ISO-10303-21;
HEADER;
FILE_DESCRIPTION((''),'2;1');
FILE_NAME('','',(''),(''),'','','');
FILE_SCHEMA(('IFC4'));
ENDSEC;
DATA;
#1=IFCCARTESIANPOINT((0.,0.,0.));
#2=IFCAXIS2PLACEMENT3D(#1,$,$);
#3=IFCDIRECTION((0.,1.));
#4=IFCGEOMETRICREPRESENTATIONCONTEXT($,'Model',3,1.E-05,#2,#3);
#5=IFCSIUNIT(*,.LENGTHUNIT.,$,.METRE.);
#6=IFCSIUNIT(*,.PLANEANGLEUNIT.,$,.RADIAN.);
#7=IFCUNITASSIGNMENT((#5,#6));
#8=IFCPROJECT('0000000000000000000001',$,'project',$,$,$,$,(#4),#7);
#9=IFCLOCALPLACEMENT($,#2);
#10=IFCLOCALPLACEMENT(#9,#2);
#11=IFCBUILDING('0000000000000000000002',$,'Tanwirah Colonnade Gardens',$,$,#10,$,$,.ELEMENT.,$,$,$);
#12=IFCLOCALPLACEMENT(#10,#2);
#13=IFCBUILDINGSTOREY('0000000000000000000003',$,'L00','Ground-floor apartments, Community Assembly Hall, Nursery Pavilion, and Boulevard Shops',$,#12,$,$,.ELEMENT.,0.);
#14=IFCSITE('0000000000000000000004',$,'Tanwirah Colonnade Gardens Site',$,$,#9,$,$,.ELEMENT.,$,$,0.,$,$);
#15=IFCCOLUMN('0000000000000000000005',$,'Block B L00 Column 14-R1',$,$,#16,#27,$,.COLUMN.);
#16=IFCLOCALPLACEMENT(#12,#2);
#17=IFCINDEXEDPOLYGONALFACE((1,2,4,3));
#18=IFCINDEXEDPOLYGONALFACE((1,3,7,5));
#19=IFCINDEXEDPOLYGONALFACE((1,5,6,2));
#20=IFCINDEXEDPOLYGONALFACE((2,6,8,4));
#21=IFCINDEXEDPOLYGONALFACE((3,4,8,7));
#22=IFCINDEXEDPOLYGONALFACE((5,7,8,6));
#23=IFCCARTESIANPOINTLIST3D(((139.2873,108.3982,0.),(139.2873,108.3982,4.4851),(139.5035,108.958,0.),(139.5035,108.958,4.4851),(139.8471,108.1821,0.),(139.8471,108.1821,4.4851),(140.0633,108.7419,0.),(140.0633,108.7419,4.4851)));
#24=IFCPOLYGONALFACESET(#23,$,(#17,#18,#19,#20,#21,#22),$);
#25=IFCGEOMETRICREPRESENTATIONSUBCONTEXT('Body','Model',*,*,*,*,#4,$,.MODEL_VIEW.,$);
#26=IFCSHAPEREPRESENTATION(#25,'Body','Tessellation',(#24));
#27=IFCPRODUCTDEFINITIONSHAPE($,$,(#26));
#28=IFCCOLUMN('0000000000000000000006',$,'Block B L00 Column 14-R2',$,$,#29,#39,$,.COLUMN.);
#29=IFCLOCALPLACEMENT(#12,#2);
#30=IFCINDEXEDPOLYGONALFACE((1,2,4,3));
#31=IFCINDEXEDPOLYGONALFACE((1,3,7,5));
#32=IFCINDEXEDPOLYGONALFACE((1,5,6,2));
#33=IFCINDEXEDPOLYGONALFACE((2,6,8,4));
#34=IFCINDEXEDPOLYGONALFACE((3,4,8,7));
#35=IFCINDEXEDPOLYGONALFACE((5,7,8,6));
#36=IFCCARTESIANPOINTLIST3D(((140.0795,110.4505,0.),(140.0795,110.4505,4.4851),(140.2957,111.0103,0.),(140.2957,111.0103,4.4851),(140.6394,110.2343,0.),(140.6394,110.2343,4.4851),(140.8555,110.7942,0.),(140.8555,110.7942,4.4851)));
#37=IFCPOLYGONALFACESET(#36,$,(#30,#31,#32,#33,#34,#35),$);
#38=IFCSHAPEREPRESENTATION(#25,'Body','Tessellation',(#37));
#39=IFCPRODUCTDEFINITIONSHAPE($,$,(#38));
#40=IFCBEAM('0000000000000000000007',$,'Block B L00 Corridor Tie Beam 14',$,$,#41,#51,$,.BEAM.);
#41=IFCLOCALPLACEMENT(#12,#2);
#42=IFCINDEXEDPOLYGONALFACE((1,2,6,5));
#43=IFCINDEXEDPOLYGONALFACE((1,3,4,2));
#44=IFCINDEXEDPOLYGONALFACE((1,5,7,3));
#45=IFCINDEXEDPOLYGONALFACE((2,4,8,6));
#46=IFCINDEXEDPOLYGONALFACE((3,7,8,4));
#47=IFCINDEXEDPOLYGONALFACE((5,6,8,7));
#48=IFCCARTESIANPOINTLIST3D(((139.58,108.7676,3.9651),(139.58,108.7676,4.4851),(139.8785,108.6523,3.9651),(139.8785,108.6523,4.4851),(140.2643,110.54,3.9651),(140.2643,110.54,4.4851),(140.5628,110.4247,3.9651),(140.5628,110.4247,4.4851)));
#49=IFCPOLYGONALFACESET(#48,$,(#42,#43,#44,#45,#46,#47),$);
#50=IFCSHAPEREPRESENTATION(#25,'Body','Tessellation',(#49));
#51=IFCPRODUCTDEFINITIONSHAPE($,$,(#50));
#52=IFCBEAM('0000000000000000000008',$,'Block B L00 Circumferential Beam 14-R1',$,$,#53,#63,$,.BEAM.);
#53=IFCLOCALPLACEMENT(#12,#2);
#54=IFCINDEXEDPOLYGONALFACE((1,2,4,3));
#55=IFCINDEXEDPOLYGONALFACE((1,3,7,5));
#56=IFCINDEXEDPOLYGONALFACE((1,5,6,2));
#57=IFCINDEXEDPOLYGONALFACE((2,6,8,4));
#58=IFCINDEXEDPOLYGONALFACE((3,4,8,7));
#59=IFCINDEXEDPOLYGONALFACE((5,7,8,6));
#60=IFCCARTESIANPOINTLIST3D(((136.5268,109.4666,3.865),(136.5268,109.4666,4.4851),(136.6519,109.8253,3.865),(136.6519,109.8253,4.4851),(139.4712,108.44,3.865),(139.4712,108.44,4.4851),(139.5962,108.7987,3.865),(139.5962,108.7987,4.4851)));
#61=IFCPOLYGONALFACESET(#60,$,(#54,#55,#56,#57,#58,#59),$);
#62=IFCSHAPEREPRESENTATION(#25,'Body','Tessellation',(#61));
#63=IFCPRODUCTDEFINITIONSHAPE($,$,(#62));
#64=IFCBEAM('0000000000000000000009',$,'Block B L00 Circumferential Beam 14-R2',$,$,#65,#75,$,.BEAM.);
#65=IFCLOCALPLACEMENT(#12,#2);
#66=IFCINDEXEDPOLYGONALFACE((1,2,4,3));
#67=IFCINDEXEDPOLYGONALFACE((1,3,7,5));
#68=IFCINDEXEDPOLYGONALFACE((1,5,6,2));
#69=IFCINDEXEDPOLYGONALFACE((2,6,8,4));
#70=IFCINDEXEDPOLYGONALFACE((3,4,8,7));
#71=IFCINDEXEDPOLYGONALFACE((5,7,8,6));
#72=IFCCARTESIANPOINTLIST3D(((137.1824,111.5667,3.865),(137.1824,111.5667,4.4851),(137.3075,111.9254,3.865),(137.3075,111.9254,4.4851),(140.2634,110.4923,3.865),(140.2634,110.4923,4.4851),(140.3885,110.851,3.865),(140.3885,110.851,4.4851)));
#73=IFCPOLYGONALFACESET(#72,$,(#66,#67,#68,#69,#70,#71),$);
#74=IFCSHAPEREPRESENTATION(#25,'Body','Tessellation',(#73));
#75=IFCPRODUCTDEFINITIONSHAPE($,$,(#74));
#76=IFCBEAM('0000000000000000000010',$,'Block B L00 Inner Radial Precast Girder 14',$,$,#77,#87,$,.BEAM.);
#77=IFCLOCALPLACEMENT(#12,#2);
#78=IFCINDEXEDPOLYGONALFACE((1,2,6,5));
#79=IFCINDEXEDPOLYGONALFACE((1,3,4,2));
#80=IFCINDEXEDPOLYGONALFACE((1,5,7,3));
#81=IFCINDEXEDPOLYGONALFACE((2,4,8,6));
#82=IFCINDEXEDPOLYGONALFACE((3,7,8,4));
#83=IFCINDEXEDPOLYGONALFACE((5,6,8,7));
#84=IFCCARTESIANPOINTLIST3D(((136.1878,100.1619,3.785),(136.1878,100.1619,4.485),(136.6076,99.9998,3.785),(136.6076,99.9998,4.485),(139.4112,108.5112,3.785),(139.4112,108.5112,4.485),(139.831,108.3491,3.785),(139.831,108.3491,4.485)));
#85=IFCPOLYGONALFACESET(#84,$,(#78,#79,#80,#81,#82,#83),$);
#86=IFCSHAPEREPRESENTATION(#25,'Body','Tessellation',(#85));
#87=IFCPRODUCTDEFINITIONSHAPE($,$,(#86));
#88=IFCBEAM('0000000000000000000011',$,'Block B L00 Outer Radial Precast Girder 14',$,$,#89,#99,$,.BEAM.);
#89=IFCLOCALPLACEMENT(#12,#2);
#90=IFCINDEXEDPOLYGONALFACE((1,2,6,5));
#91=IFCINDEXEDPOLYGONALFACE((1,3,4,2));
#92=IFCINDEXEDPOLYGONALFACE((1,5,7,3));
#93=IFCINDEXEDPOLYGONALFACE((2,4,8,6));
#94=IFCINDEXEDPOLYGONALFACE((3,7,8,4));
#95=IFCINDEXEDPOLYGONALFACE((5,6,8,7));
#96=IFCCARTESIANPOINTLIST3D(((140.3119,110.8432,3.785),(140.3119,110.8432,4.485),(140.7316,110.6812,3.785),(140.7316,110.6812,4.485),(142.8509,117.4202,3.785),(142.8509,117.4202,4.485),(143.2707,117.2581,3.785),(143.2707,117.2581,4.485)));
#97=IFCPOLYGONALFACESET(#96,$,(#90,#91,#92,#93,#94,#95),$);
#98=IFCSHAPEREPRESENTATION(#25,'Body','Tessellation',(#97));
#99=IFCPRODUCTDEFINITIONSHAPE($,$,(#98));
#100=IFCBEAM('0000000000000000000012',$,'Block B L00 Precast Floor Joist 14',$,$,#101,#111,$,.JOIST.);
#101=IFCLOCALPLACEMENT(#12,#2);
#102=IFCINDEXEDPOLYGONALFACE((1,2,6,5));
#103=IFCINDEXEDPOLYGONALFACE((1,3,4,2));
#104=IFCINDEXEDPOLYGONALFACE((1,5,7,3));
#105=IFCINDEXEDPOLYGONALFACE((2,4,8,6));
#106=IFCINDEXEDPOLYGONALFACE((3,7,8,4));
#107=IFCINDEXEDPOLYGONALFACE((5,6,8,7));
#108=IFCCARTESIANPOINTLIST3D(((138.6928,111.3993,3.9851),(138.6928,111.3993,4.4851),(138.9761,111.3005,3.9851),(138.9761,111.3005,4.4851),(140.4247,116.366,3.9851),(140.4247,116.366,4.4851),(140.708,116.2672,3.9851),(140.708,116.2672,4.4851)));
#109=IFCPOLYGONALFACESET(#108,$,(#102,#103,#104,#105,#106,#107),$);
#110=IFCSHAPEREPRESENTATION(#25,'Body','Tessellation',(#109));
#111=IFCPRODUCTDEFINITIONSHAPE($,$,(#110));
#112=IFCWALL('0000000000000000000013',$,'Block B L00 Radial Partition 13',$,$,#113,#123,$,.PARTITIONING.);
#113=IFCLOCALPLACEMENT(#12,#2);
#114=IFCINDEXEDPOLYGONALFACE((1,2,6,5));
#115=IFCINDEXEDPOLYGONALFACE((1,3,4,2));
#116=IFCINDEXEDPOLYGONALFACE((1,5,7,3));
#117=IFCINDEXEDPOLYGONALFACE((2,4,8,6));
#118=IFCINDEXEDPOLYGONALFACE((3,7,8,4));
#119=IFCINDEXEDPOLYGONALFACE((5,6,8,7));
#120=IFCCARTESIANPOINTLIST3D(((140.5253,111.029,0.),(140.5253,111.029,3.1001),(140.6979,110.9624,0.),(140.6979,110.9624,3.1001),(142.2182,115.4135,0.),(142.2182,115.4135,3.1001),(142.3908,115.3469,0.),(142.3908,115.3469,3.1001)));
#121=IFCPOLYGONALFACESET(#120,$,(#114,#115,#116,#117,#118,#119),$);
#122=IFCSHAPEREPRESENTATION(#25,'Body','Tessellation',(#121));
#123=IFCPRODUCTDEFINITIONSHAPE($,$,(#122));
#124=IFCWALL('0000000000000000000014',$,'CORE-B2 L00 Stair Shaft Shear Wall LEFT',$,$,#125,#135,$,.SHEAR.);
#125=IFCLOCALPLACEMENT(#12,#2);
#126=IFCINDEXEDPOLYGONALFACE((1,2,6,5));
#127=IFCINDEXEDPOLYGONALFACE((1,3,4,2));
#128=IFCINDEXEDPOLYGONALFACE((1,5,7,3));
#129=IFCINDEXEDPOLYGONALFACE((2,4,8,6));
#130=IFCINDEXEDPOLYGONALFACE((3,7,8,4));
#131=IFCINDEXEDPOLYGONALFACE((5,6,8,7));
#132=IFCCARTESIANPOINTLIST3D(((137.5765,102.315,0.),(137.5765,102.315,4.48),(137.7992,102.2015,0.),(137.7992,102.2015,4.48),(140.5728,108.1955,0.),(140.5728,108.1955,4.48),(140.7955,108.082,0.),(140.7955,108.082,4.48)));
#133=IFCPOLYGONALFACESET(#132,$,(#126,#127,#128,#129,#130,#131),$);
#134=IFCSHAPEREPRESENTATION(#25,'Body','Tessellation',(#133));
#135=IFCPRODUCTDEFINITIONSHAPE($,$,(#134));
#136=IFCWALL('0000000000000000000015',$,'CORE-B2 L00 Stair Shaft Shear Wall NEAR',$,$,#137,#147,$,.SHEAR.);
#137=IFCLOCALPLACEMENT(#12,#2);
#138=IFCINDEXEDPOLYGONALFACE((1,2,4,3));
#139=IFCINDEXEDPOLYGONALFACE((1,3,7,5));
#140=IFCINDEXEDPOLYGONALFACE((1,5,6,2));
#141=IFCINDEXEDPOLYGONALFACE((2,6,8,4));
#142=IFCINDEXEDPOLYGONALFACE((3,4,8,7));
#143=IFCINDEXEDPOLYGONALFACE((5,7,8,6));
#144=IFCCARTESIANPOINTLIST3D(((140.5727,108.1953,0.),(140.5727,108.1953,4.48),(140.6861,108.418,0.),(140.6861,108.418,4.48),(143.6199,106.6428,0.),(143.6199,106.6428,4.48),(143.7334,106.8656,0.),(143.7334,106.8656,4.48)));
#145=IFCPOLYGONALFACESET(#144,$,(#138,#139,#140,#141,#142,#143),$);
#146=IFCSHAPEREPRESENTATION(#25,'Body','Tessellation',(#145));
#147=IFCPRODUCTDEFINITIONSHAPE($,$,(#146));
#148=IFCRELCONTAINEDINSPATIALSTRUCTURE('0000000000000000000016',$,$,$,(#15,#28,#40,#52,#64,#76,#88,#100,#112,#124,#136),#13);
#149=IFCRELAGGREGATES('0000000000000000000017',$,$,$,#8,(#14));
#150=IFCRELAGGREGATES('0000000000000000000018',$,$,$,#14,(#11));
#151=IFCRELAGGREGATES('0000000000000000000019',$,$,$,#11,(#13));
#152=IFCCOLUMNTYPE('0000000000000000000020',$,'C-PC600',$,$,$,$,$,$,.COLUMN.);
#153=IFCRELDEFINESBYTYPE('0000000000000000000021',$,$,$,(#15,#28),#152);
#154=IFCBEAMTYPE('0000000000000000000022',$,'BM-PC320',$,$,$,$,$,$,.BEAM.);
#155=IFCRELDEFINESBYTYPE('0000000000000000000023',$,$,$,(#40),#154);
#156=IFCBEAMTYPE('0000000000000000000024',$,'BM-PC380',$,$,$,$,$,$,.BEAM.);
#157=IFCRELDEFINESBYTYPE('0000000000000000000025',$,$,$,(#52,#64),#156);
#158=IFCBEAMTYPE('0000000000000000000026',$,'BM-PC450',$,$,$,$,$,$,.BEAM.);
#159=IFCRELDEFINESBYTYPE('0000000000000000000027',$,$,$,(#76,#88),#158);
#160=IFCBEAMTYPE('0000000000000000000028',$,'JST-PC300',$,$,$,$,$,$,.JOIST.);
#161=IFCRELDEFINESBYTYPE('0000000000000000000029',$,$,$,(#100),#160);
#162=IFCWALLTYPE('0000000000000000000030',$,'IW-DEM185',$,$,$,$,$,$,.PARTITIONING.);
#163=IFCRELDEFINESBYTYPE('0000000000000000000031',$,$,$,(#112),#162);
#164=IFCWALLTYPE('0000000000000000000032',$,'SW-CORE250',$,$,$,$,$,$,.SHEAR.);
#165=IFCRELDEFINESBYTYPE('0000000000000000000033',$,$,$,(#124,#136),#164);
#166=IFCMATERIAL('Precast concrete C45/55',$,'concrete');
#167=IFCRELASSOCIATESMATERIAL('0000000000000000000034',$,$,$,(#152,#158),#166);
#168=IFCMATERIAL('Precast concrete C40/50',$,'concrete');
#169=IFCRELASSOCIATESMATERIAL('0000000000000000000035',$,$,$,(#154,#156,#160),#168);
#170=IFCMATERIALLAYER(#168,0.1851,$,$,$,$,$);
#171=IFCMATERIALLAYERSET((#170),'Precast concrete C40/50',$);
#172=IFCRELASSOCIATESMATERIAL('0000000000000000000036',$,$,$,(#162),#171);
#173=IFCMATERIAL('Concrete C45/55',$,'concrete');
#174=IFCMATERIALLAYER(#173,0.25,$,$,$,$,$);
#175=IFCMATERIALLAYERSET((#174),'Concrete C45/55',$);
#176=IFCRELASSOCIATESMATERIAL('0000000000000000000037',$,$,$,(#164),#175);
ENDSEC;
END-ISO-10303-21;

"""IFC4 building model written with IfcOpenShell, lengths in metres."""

from ifc_helpers import new_model, si_unit, direction, frame, frame_2d, origin, origin_2d, place, context, subcontext, project, spatial, rectangle, extrude, material, layer, layer_set, material_profile, profile_set, type_object, element, save


model = new_model("IFC4")

# Units and contexts
model_context = context("Model", 3, precision=1e-05, world=origin(), true_north=direction((0.0, 1.0)))
body_context = subcontext(model_context, "Body", "Model", "MODEL_VIEW")
ifc_project = project(units=[si_unit("LENGTHUNIT", "METRE"), si_unit("PLANEANGLEUNIT", "RADIAN")], contexts=[model_context])

# Site, building, storey
site_placement = place(None, origin())
site = spatial("IfcSite", under=ifc_project, at=site_placement, Name="Tanwirah Colonnade Gardens Site", CompositionType="ELEMENT", RefElevation=0.0)
building_placement = place(site_placement, origin())
building = spatial("IfcBuilding", under=site, at=building_placement, Name="Tanwirah Colonnade Gardens", CompositionType="ELEMENT")
storey_placement = place(building_placement, origin())
storey = spatial("IfcBuildingStorey", under=building, at=storey_placement, Name="L00", Description="Ground-floor apartments, Community Assembly Hall, Nursery Pavilion, and Boulevard Shops", CompositionType="ELEMENT", Elevation=0.0)

# Columns
ifc_material_1 = material(Name="Precast concrete C45/55", Category="concrete")
ifc_material_profile_1 = material_profile(ifc_material_1, rectangle(XDim=0.6001, YDim=0.6001, at=origin_2d()), Name="PC-COL 600x600")
ifc_profile_set_1 = profile_set([ifc_material_profile_1], Name="Precast concrete C45/55")
column_type = type_object("IfcColumnType", Name="C-PC600", PredefinedType="COLUMN", material=ifc_profile_set_1)
for number, where, z_axis, x_axis, name in (
    (1, (139.6753, 108.5701, 0.0), (0.0, 0.0, 1.0), (0.360178, 0.932884, 0.0), "Block B L00 Column 14-R1"),
    (2, (140.4675, 110.6223, 0.0), (0.0, 0.0, 1.0), (0.360178, 0.932884, 0.0), "Block B L00 Column 14-R2"),
):
    element("IfcColumn", number, at=place(storey_placement, frame(where, z_axis=z_axis, x_axis=x_axis)), inside=storey, type_object=column_type, Name=name, PredefinedType="COLUMN", context=body_context, shape_type="SweptSolid", body=[
        extrude(rectangle(XDim=0.6001, YDim=0.6001, at=origin_2d()), origin(), (0.0, 0.0, 1.0), 4.4851),
    ])

# Beams
ifc_material_2 = material(Name="Precast concrete C40/50", Category="concrete")
ifc_material_profile_2 = material_profile(ifc_material_2, rectangle(XDim=0.3201, YDim=0.52, at=origin_2d()), Name="PC-BM 320x520")
ifc_profile_set_2 = profile_set([ifc_material_profile_2], Name="Precast concrete C40/50")
beam_type_1 = type_object("IfcBeamType", Name="BM-PC320", PredefinedType="BEAM", material=ifc_profile_set_2)
beam_1_placement = place(storey_placement, frame((139.7292, 108.71, 4.2251), z_axis=(0.360176, 0.932885, 0.0), x_axis=(-0.932885, 0.360176, 0.0)))
element("IfcBeam", 3, at=beam_1_placement, inside=storey, type_object=beam_type_1, Name="Block B L00 Corridor Tie Beam 14", PredefinedType="BEAM", context=body_context, shape_type="SweptSolid", body=[
    extrude(rectangle(XDim=0.3201, YDim=0.52, at=origin_2d()), origin(), (0.0, 0.0, 1.0), 1.8999),
])
ifc_material_profile_3 = material_profile(ifc_material_2, rectangle(XDim=0.3799, YDim=0.6201, at=origin_2d()), Name="PC-BM 380x620")
ifc_profile_set_3 = profile_set([ifc_material_profile_3], Name="Precast concrete C40/50")
beam_type_2 = type_object("IfcBeamType", Name="BM-PC380", PredefinedType="BEAM", material=ifc_profile_set_3)
beam_2_placement = place(storey_placement, frame((139.5337, 108.6194, 4.175), z_axis=(-0.944248, 0.329234, 0.0), x_axis=(-0.329234, -0.944248, 0.0)))
element("IfcBeam", 4, at=beam_2_placement, inside=storey, type_object=beam_type_2, Name="Block B L00 Circumferential Beam 14-R1", PredefinedType="BEAM", context=body_context, shape_type="SweptSolid", body=[
    extrude(rectangle(XDim=0.3799, YDim=0.6201, at=origin_2d()), origin(), (0.0, 0.0, 1.0), 3.1182),
])
beam_3_placement = place(storey_placement, frame((140.3259, 110.6716, 4.175), z_axis=(-0.944231, 0.329284, 0.0), x_axis=(-0.329284, -0.944231, 0.0)))
element("IfcBeam", 5, at=beam_3_placement, inside=storey, type_object=beam_type_2, Name="Block B L00 Circumferential Beam 14-R2", PredefinedType="BEAM", context=body_context, shape_type="SweptSolid", body=[
    extrude(rectangle(XDim=0.3799, YDim=0.6201, at=origin_2d()), origin(), (0.0, 0.0, 1.0), 3.2629),
])
ifc_material_profile_4 = material_profile(ifc_material_1, rectangle(XDim=0.45, YDim=0.7, at=origin_2d()), Name="PC-BM 450x700")
ifc_profile_set_4 = profile_set([ifc_material_profile_4], Name="Precast concrete C45/55")
beam_type_3 = type_object("IfcBeamType", Name="BM-PC450", PredefinedType="BEAM", material=ifc_profile_set_4)
beam_4_placement = place(storey_placement, frame((139.6211, 108.4302, 4.135), z_axis=(-0.360156, -0.932892, 0.0), x_axis=(0.932892, -0.360156, 0.0)))
element("IfcBeam", 6, at=beam_4_placement, inside=storey, type_object=beam_type_3, Name="Block B L00 Inner Radial Precast Girder 14", PredefinedType="BEAM", context=body_context, shape_type="SweptSolid", body=[
    extrude(rectangle(XDim=0.45, YDim=0.7, at=origin_2d()), origin(), (0.0, 0.0, 1.0), 8.95),
])
beam_5_placement = place(storey_placement, frame((140.5217, 110.7622, 4.135), z_axis=(0.360151, 0.932894, 0.0), x_axis=(-0.932894, 0.360151, 0.0)))
element("IfcBeam", 7, at=beam_5_placement, inside=storey, type_object=beam_type_3, Name="Block B L00 Outer Radial Precast Girder 14", PredefinedType="BEAM", context=body_context, shape_type="SweptSolid", body=[
    extrude(rectangle(XDim=0.45, YDim=0.7, at=origin_2d()), origin(), (0.0, 0.0, 1.0), 7.05),
])
ifc_material_profile_5 = material_profile(ifc_material_2, rectangle(XDim=0.3, YDim=0.5, at=origin_2d()), Name="PC-JST 300x500")
ifc_profile_set_5 = profile_set([ifc_material_profile_5], Name="Precast concrete C40/50")
beam_type_4 = type_object("IfcBeamType", Name="JST-PC300", PredefinedType="JOIST", material=ifc_profile_set_5)
beam_6_placement = place(storey_placement, frame((138.8345, 111.3499, 4.2351), z_axis=(0.329259, 0.94424, 0.0), x_axis=(-0.94424, 0.329259, 0.0)))
element("IfcBeam", 8, at=beam_6_placement, inside=storey, type_object=beam_type_4, Name="Block B L00 Precast Floor Joist 14", PredefinedType="JOIST", context=body_context, shape_type="SweptSolid", body=[
    extrude(rectangle(XDim=0.3, YDim=0.5, at=origin_2d()), origin(), (0.0, 0.0, 1.0), 5.26),
])

# Walls
ifc_layer_1 = layer(ifc_material_2, 0.1851)
ifc_layer_set_1 = layer_set([ifc_layer_1], Name="Precast concrete C40/50")
wall_type_1 = type_object("IfcWallType", Name="IW-DEM185", PredefinedType="PARTITIONING", material=ifc_layer_set_1)
wall_1_placement = place(storey_placement, frame((140.6116, 110.9956, 0.0), z_axis=(0.0, 0.0, 1.0), x_axis=(0.360187, 0.93288, 0.0)))
element("IfcWall", 9, at=wall_1_placement, inside=storey, type_object=wall_type_1, Name="Block B L00 Radial Partition 13", PredefinedType="PARTITIONING", context=body_context, shape_type="SweptSolid", body=[
    extrude(rectangle(XDim=4.7, YDim=0.1851, at=frame_2d((2.3501, 0.0))), origin(), (0.0, 0.0, 1.0), 3.1001),
])
ifc_material_3 = material(Name="Concrete C45/55", Category="concrete")
ifc_layer_2 = layer(ifc_material_3, 0.25)
ifc_layer_set_2 = layer_set([ifc_layer_2], Name="Concrete C45/55")
wall_type_2 = type_object("IfcWallType", Name="SW-CORE250", PredefinedType="SHEAR", material=ifc_layer_set_2)
wall_2_placement = place(storey_placement, frame((140.6841, 108.1387, 0.0), z_axis=(0.0, 0.0, 1.0), x_axis=(-0.453992, -0.891006, 0.0)))
element("IfcWall", 10, at=wall_2_placement, inside=storey, type_object=wall_type_2, Name="CORE-B2 L00 Stair Shaft Shear Wall LEFT", PredefinedType="SHEAR", context=body_context, shape_type="SweptSolid", body=[
    extrude(rectangle(XDim=6.5999, YDim=0.25, at=frame_2d((3.2998, 0.0))), origin(), (0.0, 0.0, 1.0), 4.48),
])
wall_3_placement = place(storey_placement, frame((140.6294, 108.3066, 0.0), z_axis=(0.0, 0.0, 1.0), x_axis=(0.891032, -0.45394, 0.0)))
element("IfcWall", 11, at=wall_3_placement, inside=storey, type_object=wall_type_2, Name="CORE-B2 L00 Stair Shaft Shear Wall NEAR", PredefinedType="SHEAR", context=body_context, shape_type="SweptSolid", body=[
    extrude(rectangle(XDim=3.4199, YDim=0.25, at=frame_2d((1.71, 0.0))), origin(), (0.0, 0.0, 1.0), 4.48),
])

save(model, "model.ifc")
